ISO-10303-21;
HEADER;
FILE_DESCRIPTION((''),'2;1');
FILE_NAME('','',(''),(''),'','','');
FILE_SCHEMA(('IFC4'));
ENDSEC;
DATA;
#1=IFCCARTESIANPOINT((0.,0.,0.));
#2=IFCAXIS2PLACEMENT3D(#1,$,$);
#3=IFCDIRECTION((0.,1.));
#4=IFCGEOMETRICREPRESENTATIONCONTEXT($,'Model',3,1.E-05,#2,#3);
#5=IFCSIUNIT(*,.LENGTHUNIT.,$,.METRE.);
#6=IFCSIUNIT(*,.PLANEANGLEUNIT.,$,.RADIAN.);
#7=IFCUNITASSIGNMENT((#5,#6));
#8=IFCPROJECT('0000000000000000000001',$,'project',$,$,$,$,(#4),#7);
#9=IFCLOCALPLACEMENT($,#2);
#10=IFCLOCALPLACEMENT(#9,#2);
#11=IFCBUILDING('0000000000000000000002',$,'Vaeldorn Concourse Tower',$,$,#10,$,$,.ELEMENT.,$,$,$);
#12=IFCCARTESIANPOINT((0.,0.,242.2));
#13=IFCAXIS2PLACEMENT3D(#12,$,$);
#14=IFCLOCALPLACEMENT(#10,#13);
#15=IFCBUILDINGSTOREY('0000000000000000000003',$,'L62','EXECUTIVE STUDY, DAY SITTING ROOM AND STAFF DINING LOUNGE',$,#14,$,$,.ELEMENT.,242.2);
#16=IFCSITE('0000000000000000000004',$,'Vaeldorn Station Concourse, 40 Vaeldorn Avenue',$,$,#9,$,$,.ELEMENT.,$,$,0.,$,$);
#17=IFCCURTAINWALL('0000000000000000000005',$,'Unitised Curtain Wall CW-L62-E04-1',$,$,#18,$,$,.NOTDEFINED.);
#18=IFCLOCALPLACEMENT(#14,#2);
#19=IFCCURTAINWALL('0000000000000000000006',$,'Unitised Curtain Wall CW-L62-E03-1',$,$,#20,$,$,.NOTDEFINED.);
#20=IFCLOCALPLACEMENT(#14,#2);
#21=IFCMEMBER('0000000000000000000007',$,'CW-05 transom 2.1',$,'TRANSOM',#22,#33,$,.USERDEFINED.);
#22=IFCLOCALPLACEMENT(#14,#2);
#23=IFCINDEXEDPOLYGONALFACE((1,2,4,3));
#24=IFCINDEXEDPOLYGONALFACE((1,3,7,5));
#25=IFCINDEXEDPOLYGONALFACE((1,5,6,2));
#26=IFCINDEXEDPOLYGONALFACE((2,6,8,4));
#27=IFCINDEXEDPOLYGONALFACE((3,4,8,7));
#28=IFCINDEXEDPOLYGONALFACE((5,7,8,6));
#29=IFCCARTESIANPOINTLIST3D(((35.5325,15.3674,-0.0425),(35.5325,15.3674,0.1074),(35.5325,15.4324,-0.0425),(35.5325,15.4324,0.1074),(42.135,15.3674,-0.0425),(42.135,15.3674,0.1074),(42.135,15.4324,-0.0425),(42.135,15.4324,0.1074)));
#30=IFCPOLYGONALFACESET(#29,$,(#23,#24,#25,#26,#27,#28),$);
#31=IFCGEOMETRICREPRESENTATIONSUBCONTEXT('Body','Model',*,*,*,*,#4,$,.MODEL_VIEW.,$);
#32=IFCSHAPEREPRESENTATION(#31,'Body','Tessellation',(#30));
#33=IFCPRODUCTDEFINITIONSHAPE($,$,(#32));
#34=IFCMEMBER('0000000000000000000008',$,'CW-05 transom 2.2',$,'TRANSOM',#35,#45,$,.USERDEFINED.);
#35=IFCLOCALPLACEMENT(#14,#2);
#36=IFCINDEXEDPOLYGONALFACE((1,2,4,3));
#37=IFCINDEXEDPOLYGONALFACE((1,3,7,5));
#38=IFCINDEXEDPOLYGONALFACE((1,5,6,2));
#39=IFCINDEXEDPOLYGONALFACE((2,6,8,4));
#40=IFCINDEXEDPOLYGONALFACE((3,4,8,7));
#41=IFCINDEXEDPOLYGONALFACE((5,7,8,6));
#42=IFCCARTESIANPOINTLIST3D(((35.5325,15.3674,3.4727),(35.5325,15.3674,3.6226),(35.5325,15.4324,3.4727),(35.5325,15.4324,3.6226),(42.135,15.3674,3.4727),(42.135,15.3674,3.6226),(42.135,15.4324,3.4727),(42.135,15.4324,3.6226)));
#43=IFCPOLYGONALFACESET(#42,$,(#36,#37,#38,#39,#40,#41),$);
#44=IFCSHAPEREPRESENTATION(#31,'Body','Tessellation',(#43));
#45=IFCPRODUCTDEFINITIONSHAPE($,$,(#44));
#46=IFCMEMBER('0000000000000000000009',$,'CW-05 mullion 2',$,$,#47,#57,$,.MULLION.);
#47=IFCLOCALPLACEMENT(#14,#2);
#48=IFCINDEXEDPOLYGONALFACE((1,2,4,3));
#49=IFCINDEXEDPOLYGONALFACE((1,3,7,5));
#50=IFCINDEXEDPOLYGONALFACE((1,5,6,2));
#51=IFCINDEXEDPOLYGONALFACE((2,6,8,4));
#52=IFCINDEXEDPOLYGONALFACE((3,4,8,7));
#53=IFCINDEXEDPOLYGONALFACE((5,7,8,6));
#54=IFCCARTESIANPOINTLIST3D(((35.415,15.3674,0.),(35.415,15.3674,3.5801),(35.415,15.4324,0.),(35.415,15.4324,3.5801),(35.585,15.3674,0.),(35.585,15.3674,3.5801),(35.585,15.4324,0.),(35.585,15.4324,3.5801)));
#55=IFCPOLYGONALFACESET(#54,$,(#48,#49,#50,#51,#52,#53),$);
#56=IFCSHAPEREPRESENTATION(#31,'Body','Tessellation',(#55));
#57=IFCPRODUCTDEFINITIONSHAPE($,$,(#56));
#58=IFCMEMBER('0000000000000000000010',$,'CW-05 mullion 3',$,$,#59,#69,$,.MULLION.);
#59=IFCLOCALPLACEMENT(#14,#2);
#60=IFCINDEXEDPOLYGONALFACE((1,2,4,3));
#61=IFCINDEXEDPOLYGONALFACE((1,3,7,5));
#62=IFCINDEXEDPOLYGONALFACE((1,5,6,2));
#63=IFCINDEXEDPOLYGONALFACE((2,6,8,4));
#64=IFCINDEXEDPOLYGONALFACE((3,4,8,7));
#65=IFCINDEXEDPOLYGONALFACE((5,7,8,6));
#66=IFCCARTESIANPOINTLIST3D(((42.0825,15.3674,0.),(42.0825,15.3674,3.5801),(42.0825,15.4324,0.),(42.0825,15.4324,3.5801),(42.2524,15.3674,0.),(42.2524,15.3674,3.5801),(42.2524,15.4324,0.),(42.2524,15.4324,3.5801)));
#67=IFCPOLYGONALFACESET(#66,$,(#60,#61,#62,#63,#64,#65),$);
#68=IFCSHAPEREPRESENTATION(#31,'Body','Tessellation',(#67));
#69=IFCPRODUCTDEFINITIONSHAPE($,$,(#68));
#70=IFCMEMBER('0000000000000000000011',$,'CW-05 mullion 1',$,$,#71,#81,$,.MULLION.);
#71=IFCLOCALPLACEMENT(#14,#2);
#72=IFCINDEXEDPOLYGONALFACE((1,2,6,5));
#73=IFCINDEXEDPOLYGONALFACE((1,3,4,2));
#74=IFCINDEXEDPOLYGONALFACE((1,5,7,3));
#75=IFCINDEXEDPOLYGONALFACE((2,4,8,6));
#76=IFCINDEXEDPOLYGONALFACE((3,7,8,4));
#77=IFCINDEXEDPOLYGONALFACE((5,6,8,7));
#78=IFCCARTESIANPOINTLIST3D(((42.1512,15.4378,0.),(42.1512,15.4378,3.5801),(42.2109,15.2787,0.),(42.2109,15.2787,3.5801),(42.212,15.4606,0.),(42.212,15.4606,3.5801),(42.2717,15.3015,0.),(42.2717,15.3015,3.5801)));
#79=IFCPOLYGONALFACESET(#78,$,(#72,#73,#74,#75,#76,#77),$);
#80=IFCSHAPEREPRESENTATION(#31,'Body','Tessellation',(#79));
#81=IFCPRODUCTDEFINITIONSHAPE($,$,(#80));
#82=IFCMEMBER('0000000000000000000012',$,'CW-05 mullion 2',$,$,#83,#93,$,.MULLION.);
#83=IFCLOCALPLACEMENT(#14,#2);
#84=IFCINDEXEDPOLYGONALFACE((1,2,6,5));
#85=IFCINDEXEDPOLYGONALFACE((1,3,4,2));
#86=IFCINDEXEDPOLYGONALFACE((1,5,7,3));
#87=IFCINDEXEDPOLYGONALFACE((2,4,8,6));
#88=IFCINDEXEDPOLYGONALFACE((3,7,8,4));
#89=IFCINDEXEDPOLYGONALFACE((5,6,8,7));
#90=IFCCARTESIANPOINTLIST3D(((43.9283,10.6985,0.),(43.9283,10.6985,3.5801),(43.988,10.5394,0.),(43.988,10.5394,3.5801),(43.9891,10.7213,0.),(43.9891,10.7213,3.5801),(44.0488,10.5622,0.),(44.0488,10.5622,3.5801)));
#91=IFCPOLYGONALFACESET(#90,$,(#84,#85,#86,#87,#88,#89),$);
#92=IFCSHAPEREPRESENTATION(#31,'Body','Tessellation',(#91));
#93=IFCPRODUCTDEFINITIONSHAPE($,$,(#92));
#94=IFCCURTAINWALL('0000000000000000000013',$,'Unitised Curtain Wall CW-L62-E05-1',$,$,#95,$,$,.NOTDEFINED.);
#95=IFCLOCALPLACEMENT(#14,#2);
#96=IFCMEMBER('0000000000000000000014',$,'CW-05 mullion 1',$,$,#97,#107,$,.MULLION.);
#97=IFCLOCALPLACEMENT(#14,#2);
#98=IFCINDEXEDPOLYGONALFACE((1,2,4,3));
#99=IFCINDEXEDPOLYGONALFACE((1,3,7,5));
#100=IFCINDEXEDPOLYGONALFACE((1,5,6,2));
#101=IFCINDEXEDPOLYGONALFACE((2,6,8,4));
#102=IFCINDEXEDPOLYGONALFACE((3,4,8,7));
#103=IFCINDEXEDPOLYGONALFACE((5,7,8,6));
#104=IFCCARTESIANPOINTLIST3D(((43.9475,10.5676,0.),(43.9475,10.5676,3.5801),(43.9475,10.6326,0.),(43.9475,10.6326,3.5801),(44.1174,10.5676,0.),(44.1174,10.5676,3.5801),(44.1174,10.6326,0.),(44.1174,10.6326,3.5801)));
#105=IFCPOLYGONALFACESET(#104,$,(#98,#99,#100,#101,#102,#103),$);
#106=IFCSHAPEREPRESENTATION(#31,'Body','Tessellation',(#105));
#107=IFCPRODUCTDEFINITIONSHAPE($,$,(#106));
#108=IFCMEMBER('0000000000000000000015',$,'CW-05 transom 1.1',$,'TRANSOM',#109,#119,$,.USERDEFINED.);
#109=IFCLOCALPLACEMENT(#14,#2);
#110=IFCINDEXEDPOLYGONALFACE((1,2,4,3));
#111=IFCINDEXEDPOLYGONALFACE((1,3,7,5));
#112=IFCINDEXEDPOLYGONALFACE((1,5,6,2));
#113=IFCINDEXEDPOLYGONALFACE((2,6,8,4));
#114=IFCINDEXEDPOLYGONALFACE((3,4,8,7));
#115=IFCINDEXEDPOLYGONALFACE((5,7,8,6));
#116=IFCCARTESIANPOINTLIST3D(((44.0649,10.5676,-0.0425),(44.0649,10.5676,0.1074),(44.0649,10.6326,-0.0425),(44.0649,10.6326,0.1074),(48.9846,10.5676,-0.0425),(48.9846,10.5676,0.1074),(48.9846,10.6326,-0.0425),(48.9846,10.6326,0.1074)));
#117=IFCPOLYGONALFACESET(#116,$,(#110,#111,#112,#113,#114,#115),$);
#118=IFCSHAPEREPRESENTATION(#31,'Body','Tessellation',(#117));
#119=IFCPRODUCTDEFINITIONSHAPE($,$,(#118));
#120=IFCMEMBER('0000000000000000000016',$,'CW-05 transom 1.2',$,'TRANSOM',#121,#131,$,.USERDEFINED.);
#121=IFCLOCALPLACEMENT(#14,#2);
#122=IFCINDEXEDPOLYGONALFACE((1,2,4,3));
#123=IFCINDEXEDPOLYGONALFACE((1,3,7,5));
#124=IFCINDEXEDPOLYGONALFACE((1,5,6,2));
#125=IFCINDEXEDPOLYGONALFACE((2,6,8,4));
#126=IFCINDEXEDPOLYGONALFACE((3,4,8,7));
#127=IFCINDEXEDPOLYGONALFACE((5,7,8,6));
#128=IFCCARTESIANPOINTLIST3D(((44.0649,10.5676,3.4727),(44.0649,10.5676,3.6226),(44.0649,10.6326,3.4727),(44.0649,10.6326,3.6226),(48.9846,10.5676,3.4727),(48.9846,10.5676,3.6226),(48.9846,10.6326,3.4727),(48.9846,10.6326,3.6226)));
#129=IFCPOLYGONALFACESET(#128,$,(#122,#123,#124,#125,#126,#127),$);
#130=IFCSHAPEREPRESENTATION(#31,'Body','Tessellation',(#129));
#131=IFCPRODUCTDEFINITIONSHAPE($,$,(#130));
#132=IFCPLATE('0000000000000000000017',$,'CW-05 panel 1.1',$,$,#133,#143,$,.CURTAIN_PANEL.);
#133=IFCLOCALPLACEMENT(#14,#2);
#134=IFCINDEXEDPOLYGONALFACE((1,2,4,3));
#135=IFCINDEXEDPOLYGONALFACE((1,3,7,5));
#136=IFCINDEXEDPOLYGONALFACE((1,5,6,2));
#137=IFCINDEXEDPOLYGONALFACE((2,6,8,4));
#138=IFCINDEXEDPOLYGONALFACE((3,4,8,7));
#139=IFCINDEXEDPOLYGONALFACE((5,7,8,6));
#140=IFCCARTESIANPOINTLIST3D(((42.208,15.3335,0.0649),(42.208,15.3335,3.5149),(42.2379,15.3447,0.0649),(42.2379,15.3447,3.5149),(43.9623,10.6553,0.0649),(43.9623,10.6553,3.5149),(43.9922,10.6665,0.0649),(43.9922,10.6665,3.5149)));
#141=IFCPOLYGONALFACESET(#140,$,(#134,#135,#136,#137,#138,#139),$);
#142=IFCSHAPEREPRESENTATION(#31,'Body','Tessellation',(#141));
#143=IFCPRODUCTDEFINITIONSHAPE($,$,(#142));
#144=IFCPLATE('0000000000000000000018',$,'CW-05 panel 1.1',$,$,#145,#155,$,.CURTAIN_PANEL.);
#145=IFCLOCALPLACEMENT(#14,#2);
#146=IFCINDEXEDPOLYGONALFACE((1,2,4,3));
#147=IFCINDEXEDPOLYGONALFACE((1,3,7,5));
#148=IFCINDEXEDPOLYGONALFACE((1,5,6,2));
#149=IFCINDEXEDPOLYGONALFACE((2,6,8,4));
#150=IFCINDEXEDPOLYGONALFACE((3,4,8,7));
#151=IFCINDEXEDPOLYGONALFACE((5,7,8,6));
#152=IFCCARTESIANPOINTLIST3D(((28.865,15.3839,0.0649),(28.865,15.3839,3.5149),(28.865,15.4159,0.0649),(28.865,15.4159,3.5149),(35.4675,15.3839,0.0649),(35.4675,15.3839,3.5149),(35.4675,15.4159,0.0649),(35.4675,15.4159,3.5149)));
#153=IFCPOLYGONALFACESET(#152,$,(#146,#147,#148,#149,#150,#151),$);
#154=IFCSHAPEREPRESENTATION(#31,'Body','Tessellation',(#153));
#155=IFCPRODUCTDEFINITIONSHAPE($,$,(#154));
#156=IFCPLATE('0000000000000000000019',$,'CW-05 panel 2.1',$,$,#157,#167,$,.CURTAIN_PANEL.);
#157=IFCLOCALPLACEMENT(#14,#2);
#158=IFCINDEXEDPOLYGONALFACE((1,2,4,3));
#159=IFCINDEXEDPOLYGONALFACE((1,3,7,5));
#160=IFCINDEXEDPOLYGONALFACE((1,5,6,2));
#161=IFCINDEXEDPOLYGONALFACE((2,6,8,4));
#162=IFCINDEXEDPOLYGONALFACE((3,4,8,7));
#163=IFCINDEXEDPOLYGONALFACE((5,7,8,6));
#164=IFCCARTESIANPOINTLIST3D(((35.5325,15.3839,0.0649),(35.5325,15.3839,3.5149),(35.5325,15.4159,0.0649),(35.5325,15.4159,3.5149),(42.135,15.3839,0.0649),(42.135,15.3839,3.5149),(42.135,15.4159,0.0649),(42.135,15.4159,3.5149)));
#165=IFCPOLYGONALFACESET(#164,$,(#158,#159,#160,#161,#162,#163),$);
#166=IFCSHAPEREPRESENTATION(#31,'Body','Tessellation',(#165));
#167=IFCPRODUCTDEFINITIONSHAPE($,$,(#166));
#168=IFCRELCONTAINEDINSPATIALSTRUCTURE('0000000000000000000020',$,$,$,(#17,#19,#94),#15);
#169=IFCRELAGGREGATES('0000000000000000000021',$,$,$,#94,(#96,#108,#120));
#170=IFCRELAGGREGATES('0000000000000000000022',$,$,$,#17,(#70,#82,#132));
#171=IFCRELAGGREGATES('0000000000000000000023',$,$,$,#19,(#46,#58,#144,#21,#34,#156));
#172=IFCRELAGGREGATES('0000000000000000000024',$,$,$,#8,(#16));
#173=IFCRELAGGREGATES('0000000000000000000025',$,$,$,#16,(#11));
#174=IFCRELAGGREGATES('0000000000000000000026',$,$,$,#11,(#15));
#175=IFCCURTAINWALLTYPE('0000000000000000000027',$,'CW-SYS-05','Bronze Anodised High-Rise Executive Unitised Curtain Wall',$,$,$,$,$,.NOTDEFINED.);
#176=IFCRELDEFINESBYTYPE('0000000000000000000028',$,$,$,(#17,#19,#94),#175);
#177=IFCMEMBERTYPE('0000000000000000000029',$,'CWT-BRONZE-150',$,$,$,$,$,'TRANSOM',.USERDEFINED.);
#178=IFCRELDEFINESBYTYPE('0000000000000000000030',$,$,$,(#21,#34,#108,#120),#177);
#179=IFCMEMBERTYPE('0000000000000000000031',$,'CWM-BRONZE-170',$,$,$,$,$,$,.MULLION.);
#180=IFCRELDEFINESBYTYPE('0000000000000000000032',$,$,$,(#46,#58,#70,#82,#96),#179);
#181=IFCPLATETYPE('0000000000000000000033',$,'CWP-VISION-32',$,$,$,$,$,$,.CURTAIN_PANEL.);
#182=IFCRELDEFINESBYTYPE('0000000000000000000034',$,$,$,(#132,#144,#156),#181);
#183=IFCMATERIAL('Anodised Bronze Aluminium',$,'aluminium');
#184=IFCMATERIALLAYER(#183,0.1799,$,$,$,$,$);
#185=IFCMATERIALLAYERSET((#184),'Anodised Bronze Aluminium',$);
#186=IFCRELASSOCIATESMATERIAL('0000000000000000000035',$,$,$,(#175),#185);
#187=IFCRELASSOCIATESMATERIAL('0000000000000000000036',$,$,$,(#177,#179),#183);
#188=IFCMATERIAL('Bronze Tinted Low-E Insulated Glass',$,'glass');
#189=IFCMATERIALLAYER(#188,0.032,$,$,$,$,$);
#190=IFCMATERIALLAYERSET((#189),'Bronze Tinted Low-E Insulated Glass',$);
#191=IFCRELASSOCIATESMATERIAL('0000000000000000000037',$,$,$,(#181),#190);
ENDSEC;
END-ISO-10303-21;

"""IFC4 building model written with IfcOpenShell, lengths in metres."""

from ifc_helpers import new_model, si_unit, direction, frame, origin, origin_2d, place, context, subcontext, project, spatial, rectangle, extrude, source, transform, mapped, material, layer, layer_set, material_profile, profile_set, type_object, element, aggregate, save


model = new_model("IFC4")

# Units and contexts
model_context = context("Model", 3, precision=1e-05, world=origin(), true_north=direction((0.0, 1.0)))
body_context = subcontext(model_context, "Body", "Model", "MODEL_VIEW")
ifc_project = project(units=[si_unit("LENGTHUNIT", "METRE"), si_unit("PLANEANGLEUNIT", "RADIAN")], contexts=[model_context])

# Site, building, storey
site_placement = place(None, origin())
site = spatial("IfcSite", under=ifc_project, at=site_placement, Name="Vaeldorn Station Concourse, 40 Vaeldorn Avenue", CompositionType="ELEMENT", RefElevation=0.0)
building_placement = place(site_placement, origin())
building = spatial("IfcBuilding", under=site, at=building_placement, Name="Vaeldorn Concourse Tower", CompositionType="ELEMENT")
storey_placement = place(building_placement, frame((0.0, 0.0, 242.2)))
storey = spatial("IfcBuildingStorey", under=building, at=storey_placement, Name="L62", Description="EXECUTIVE STUDY, DAY SITTING ROOM AND STAFF DINING LOUNGE", CompositionType="ELEMENT", Elevation=242.2)

# Curtain walls, members
ifc_material_1 = material(Name="Anodised Bronze Aluminium", Category="aluminium")
ifc_layer_1 = layer(ifc_material_1, 0.1799)
ifc_layer_set_1 = layer_set([ifc_layer_1], Name="Anodised Bronze Aluminium")
curtain_wall_type = type_object("IfcCurtainWallType", Name="CW-SYS-05", Description="Bronze Anodised High-Rise Executive Unitised Curtain Wall", PredefinedType="NOTDEFINED", material=ifc_layer_set_1)
curtain_wall_1_placement = place(storey_placement, origin())
curtain_wall_1 = element("IfcCurtainWall", 1, at=curtain_wall_1_placement, inside=storey, type_object=curtain_wall_type, Name="Unitised Curtain Wall CW-L62-E04-1", PredefinedType="NOTDEFINED")
ifc_material_profile_1 = material_profile(ifc_material_1, rectangle(XDim=0.0649, YDim=0.1499, at=origin_2d()), Name="CWT 65x150")
ifc_profile_set_1 = profile_set([ifc_material_profile_1], Name="Anodised Bronze Aluminium")
member_type_1 = type_object("IfcMemberType", Name="CWT-BRONZE-150", ElementType="TRANSOM", PredefinedType="USERDEFINED", material=ifc_profile_set_1)
curtain_wall_2_placement = place(storey_placement, origin())
curtain_wall_2 = element("IfcCurtainWall", 2, at=curtain_wall_2_placement, inside=storey, type_object=curtain_wall_type, Name="Unitised Curtain Wall CW-L62-E03-1", PredefinedType="NOTDEFINED")
shared_shape_1 = source(origin(), body_context, "Body", "SweptSolid", [
    extrude(rectangle(XDim=0.0649, YDim=0.1499, at=origin_2d()), origin(), (0.0, 0.0, 1.0), 6.6025),
])
member_1_placement = place(storey_placement, frame((35.5325, 15.3999, 0.0325), z_axis=(1.0, 0.0, 0.0), x_axis=(0.0, 1.0, 0.0)))
member_1 = element("IfcMember", 3, at=member_1_placement, type_object=member_type_1, Name="CW-05 transom 2.1", ObjectType="TRANSOM", PredefinedType="USERDEFINED", context=body_context, shape_type="MappedRepresentation", body=[
    mapped(shared_shape_1, transform((0.0, 0.0, 0.0), scale=1.0)),
])
member_2_placement = place(storey_placement, frame((35.5325, 15.3999, 3.5476), z_axis=(1.0, 0.0, 0.0), x_axis=(0.0, 1.0, 0.0)))
member_2 = element("IfcMember", 4, at=member_2_placement, type_object=member_type_1, Name="CW-05 transom 2.2", ObjectType="TRANSOM", PredefinedType="USERDEFINED", context=body_context, shape_type="MappedRepresentation", body=[
    mapped(shared_shape_1, transform((0.0, 0.0, 0.0), scale=1.0)),
])
ifc_material_profile_2 = material_profile(ifc_material_1, rectangle(XDim=0.0649, YDim=0.1699, at=origin_2d()), Name="CWM 65x170")
ifc_profile_set_2 = profile_set([ifc_material_profile_2], Name="Anodised Bronze Aluminium")
member_type_2 = type_object("IfcMemberType", Name="CWM-BRONZE-170", PredefinedType="MULLION", material=ifc_profile_set_2)
shared_shape_2 = source(origin(), body_context, "Body", "SweptSolid", [
    extrude(rectangle(XDim=0.0649, YDim=0.1699, at=origin_2d()), origin(), (0.0, 0.0, 1.0), 3.5801),
])
member_3_placement = place(storey_placement, frame((35.5, 15.3999, 0.0), z_axis=(0.0, 0.0, 1.0), x_axis=(0.0, 1.0, 0.0)))
member_3 = element("IfcMember", 5, at=member_3_placement, type_object=member_type_2, Name="CW-05 mullion 2", PredefinedType="MULLION", context=body_context, shape_type="MappedRepresentation", body=[
    mapped(shared_shape_2, transform((0.0, 0.0, 0.0), scale=1.0)),
])
member_4_placement = place(storey_placement, frame((42.1675, 15.3999, 0.0), z_axis=(0.0, 0.0, 1.0), x_axis=(0.0, 1.0, 0.0)))
member_4 = element("IfcMember", 6, at=member_4_placement, type_object=member_type_2, Name="CW-05 mullion 3", PredefinedType="MULLION", context=body_context, shape_type="MappedRepresentation", body=[
    mapped(shared_shape_2, transform((0.0, 0.0, 0.0), scale=1.0)),
])

# Members
member_5_placement = place(storey_placement, frame((42.2114, 15.3696, 0.0), z_axis=(0.0, 0.0, 1.0), x_axis=(0.936329, 0.351123, 0.0)))
member_5 = element("IfcMember", 7, at=member_5_placement, type_object=member_type_2, Name="CW-05 mullion 1", PredefinedType="MULLION", context=body_context, shape_type="MappedRepresentation", body=[
    mapped(shared_shape_2, transform((0.0, 0.0, 0.0), scale=1.0)),
])
member_6_placement = place(storey_placement, frame((43.9885, 10.6304, 0.0), z_axis=(0.0, 0.0, 1.0), x_axis=(0.936329, 0.351123, 0.0)))
member_6 = element("IfcMember", 8, at=member_6_placement, type_object=member_type_2, Name="CW-05 mullion 2", PredefinedType="MULLION", context=body_context, shape_type="MappedRepresentation", body=[
    mapped(shared_shape_2, transform((0.0, 0.0, 0.0), scale=1.0)),
])

# Curtain wall, members
curtain_wall_3_placement = place(storey_placement, origin())
curtain_wall_3 = element("IfcCurtainWall", 9, at=curtain_wall_3_placement, inside=storey, type_object=curtain_wall_type, Name="Unitised Curtain Wall CW-L62-E05-1", PredefinedType="NOTDEFINED")
member_7_placement = place(storey_placement, frame((44.0325, 10.6001, 0.0), z_axis=(0.0, 0.0, 1.0), x_axis=(0.0, 1.0, 0.0)))
member_7 = element("IfcMember", 10, at=member_7_placement, type_object=member_type_2, Name="CW-05 mullion 1", PredefinedType="MULLION", context=body_context, shape_type="MappedRepresentation", body=[
    mapped(shared_shape_2, transform((0.0, 0.0, 0.0), scale=1.0)),
])
shared_shape_3 = source(origin(), body_context, "Body", "SweptSolid", [
    extrude(rectangle(XDim=0.0649, YDim=0.1499, at=origin_2d()), origin(), (0.0, 0.0, 1.0), 4.9197),
])
member_8_placement = place(storey_placement, frame((44.0649, 10.6001, 0.0325), z_axis=(1.0, 0.0, 0.0), x_axis=(0.0, 1.0, 0.0)))
member_8 = element("IfcMember", 11, at=member_8_placement, type_object=member_type_1, Name="CW-05 transom 1.1", ObjectType="TRANSOM", PredefinedType="USERDEFINED", context=body_context, shape_type="MappedRepresentation", body=[
    mapped(shared_shape_3, transform((0.0, 0.0, 0.0), scale=1.0)),
])
member_9_placement = place(storey_placement, frame((44.0649, 10.6001, 3.5476), z_axis=(1.0, 0.0, 0.0), x_axis=(0.0, 1.0, 0.0)))
member_9 = element("IfcMember", 12, at=member_9_placement, type_object=member_type_1, Name="CW-05 transom 1.2", ObjectType="TRANSOM", PredefinedType="USERDEFINED", context=body_context, shape_type="MappedRepresentation", body=[
    mapped(shared_shape_3, transform((0.0, 0.0, 0.0), scale=1.0)),
])
aggregate(curtain_wall_3, [member_7, member_8, member_9])

# Plates
ifc_material_2 = material(Name="Bronze Tinted Low-E Insulated Glass", Category="glass")
ifc_layer_2 = layer(ifc_material_2, 0.032)
ifc_layer_set_2 = layer_set([ifc_layer_2], Name="Bronze Tinted Low-E Insulated Glass")
plate_type = type_object("IfcPlateType", Name="CWP-VISION-32", PredefinedType="CURTAIN_PANEL", material=ifc_layer_set_2)
shared_shape_4 = source(origin(), body_context, "Body", "SweptSolid", [
    extrude(rectangle(XDim=4.9963, YDim=0.032, at=origin_2d()), origin(), (0.0, 0.0, 1.0), 3.45),
])
plate_1_placement = place(storey_placement, frame((43.1001, 13.0, 0.0649), z_axis=(0.0, 0.0, 1.0), x_axis=(0.351123, -0.936329, 0.0)))
plate_1 = element("IfcPlate", 13, at=plate_1_placement, type_object=plate_type, Name="CW-05 panel 1.1", PredefinedType="CURTAIN_PANEL", context=body_context, shape_type="MappedRepresentation", body=[
    mapped(shared_shape_4, transform((0.0, 0.0, 0.0), scale=1.0)),
])
aggregate(curtain_wall_1, [member_5, member_6, plate_1])
shared_shape_5 = source(origin(), body_context, "Body", "SweptSolid", [
    extrude(rectangle(XDim=6.6025, YDim=0.032, at=origin_2d()), origin(), (0.0, 0.0, 1.0), 3.45),
])
plate_2_placement = place(storey_placement, frame((32.1663, 15.3999, 0.0649), z_axis=(0.0, 0.0, 1.0), x_axis=(1.0, 0.0, 0.0)))
plate_2 = element("IfcPlate", 14, at=plate_2_placement, type_object=plate_type, Name="CW-05 panel 1.1", PredefinedType="CURTAIN_PANEL", context=body_context, shape_type="MappedRepresentation", body=[
    mapped(shared_shape_5, transform((0.0, 0.0, 0.0), scale=1.0)),
])
plate_3_placement = place(storey_placement, frame((38.8337, 15.3999, 0.0649), z_axis=(0.0, 0.0, 1.0), x_axis=(1.0, 0.0, 0.0)))
plate_3 = element("IfcPlate", 15, at=plate_3_placement, type_object=plate_type, Name="CW-05 panel 2.1", PredefinedType="CURTAIN_PANEL", context=body_context, shape_type="MappedRepresentation", body=[
    mapped(shared_shape_5, transform((0.0, 0.0, 0.0), scale=1.0)),
])
aggregate(curtain_wall_2, [member_3, member_4, plate_2, member_1, member_2, plate_3])

save(model, "model.ifc")
